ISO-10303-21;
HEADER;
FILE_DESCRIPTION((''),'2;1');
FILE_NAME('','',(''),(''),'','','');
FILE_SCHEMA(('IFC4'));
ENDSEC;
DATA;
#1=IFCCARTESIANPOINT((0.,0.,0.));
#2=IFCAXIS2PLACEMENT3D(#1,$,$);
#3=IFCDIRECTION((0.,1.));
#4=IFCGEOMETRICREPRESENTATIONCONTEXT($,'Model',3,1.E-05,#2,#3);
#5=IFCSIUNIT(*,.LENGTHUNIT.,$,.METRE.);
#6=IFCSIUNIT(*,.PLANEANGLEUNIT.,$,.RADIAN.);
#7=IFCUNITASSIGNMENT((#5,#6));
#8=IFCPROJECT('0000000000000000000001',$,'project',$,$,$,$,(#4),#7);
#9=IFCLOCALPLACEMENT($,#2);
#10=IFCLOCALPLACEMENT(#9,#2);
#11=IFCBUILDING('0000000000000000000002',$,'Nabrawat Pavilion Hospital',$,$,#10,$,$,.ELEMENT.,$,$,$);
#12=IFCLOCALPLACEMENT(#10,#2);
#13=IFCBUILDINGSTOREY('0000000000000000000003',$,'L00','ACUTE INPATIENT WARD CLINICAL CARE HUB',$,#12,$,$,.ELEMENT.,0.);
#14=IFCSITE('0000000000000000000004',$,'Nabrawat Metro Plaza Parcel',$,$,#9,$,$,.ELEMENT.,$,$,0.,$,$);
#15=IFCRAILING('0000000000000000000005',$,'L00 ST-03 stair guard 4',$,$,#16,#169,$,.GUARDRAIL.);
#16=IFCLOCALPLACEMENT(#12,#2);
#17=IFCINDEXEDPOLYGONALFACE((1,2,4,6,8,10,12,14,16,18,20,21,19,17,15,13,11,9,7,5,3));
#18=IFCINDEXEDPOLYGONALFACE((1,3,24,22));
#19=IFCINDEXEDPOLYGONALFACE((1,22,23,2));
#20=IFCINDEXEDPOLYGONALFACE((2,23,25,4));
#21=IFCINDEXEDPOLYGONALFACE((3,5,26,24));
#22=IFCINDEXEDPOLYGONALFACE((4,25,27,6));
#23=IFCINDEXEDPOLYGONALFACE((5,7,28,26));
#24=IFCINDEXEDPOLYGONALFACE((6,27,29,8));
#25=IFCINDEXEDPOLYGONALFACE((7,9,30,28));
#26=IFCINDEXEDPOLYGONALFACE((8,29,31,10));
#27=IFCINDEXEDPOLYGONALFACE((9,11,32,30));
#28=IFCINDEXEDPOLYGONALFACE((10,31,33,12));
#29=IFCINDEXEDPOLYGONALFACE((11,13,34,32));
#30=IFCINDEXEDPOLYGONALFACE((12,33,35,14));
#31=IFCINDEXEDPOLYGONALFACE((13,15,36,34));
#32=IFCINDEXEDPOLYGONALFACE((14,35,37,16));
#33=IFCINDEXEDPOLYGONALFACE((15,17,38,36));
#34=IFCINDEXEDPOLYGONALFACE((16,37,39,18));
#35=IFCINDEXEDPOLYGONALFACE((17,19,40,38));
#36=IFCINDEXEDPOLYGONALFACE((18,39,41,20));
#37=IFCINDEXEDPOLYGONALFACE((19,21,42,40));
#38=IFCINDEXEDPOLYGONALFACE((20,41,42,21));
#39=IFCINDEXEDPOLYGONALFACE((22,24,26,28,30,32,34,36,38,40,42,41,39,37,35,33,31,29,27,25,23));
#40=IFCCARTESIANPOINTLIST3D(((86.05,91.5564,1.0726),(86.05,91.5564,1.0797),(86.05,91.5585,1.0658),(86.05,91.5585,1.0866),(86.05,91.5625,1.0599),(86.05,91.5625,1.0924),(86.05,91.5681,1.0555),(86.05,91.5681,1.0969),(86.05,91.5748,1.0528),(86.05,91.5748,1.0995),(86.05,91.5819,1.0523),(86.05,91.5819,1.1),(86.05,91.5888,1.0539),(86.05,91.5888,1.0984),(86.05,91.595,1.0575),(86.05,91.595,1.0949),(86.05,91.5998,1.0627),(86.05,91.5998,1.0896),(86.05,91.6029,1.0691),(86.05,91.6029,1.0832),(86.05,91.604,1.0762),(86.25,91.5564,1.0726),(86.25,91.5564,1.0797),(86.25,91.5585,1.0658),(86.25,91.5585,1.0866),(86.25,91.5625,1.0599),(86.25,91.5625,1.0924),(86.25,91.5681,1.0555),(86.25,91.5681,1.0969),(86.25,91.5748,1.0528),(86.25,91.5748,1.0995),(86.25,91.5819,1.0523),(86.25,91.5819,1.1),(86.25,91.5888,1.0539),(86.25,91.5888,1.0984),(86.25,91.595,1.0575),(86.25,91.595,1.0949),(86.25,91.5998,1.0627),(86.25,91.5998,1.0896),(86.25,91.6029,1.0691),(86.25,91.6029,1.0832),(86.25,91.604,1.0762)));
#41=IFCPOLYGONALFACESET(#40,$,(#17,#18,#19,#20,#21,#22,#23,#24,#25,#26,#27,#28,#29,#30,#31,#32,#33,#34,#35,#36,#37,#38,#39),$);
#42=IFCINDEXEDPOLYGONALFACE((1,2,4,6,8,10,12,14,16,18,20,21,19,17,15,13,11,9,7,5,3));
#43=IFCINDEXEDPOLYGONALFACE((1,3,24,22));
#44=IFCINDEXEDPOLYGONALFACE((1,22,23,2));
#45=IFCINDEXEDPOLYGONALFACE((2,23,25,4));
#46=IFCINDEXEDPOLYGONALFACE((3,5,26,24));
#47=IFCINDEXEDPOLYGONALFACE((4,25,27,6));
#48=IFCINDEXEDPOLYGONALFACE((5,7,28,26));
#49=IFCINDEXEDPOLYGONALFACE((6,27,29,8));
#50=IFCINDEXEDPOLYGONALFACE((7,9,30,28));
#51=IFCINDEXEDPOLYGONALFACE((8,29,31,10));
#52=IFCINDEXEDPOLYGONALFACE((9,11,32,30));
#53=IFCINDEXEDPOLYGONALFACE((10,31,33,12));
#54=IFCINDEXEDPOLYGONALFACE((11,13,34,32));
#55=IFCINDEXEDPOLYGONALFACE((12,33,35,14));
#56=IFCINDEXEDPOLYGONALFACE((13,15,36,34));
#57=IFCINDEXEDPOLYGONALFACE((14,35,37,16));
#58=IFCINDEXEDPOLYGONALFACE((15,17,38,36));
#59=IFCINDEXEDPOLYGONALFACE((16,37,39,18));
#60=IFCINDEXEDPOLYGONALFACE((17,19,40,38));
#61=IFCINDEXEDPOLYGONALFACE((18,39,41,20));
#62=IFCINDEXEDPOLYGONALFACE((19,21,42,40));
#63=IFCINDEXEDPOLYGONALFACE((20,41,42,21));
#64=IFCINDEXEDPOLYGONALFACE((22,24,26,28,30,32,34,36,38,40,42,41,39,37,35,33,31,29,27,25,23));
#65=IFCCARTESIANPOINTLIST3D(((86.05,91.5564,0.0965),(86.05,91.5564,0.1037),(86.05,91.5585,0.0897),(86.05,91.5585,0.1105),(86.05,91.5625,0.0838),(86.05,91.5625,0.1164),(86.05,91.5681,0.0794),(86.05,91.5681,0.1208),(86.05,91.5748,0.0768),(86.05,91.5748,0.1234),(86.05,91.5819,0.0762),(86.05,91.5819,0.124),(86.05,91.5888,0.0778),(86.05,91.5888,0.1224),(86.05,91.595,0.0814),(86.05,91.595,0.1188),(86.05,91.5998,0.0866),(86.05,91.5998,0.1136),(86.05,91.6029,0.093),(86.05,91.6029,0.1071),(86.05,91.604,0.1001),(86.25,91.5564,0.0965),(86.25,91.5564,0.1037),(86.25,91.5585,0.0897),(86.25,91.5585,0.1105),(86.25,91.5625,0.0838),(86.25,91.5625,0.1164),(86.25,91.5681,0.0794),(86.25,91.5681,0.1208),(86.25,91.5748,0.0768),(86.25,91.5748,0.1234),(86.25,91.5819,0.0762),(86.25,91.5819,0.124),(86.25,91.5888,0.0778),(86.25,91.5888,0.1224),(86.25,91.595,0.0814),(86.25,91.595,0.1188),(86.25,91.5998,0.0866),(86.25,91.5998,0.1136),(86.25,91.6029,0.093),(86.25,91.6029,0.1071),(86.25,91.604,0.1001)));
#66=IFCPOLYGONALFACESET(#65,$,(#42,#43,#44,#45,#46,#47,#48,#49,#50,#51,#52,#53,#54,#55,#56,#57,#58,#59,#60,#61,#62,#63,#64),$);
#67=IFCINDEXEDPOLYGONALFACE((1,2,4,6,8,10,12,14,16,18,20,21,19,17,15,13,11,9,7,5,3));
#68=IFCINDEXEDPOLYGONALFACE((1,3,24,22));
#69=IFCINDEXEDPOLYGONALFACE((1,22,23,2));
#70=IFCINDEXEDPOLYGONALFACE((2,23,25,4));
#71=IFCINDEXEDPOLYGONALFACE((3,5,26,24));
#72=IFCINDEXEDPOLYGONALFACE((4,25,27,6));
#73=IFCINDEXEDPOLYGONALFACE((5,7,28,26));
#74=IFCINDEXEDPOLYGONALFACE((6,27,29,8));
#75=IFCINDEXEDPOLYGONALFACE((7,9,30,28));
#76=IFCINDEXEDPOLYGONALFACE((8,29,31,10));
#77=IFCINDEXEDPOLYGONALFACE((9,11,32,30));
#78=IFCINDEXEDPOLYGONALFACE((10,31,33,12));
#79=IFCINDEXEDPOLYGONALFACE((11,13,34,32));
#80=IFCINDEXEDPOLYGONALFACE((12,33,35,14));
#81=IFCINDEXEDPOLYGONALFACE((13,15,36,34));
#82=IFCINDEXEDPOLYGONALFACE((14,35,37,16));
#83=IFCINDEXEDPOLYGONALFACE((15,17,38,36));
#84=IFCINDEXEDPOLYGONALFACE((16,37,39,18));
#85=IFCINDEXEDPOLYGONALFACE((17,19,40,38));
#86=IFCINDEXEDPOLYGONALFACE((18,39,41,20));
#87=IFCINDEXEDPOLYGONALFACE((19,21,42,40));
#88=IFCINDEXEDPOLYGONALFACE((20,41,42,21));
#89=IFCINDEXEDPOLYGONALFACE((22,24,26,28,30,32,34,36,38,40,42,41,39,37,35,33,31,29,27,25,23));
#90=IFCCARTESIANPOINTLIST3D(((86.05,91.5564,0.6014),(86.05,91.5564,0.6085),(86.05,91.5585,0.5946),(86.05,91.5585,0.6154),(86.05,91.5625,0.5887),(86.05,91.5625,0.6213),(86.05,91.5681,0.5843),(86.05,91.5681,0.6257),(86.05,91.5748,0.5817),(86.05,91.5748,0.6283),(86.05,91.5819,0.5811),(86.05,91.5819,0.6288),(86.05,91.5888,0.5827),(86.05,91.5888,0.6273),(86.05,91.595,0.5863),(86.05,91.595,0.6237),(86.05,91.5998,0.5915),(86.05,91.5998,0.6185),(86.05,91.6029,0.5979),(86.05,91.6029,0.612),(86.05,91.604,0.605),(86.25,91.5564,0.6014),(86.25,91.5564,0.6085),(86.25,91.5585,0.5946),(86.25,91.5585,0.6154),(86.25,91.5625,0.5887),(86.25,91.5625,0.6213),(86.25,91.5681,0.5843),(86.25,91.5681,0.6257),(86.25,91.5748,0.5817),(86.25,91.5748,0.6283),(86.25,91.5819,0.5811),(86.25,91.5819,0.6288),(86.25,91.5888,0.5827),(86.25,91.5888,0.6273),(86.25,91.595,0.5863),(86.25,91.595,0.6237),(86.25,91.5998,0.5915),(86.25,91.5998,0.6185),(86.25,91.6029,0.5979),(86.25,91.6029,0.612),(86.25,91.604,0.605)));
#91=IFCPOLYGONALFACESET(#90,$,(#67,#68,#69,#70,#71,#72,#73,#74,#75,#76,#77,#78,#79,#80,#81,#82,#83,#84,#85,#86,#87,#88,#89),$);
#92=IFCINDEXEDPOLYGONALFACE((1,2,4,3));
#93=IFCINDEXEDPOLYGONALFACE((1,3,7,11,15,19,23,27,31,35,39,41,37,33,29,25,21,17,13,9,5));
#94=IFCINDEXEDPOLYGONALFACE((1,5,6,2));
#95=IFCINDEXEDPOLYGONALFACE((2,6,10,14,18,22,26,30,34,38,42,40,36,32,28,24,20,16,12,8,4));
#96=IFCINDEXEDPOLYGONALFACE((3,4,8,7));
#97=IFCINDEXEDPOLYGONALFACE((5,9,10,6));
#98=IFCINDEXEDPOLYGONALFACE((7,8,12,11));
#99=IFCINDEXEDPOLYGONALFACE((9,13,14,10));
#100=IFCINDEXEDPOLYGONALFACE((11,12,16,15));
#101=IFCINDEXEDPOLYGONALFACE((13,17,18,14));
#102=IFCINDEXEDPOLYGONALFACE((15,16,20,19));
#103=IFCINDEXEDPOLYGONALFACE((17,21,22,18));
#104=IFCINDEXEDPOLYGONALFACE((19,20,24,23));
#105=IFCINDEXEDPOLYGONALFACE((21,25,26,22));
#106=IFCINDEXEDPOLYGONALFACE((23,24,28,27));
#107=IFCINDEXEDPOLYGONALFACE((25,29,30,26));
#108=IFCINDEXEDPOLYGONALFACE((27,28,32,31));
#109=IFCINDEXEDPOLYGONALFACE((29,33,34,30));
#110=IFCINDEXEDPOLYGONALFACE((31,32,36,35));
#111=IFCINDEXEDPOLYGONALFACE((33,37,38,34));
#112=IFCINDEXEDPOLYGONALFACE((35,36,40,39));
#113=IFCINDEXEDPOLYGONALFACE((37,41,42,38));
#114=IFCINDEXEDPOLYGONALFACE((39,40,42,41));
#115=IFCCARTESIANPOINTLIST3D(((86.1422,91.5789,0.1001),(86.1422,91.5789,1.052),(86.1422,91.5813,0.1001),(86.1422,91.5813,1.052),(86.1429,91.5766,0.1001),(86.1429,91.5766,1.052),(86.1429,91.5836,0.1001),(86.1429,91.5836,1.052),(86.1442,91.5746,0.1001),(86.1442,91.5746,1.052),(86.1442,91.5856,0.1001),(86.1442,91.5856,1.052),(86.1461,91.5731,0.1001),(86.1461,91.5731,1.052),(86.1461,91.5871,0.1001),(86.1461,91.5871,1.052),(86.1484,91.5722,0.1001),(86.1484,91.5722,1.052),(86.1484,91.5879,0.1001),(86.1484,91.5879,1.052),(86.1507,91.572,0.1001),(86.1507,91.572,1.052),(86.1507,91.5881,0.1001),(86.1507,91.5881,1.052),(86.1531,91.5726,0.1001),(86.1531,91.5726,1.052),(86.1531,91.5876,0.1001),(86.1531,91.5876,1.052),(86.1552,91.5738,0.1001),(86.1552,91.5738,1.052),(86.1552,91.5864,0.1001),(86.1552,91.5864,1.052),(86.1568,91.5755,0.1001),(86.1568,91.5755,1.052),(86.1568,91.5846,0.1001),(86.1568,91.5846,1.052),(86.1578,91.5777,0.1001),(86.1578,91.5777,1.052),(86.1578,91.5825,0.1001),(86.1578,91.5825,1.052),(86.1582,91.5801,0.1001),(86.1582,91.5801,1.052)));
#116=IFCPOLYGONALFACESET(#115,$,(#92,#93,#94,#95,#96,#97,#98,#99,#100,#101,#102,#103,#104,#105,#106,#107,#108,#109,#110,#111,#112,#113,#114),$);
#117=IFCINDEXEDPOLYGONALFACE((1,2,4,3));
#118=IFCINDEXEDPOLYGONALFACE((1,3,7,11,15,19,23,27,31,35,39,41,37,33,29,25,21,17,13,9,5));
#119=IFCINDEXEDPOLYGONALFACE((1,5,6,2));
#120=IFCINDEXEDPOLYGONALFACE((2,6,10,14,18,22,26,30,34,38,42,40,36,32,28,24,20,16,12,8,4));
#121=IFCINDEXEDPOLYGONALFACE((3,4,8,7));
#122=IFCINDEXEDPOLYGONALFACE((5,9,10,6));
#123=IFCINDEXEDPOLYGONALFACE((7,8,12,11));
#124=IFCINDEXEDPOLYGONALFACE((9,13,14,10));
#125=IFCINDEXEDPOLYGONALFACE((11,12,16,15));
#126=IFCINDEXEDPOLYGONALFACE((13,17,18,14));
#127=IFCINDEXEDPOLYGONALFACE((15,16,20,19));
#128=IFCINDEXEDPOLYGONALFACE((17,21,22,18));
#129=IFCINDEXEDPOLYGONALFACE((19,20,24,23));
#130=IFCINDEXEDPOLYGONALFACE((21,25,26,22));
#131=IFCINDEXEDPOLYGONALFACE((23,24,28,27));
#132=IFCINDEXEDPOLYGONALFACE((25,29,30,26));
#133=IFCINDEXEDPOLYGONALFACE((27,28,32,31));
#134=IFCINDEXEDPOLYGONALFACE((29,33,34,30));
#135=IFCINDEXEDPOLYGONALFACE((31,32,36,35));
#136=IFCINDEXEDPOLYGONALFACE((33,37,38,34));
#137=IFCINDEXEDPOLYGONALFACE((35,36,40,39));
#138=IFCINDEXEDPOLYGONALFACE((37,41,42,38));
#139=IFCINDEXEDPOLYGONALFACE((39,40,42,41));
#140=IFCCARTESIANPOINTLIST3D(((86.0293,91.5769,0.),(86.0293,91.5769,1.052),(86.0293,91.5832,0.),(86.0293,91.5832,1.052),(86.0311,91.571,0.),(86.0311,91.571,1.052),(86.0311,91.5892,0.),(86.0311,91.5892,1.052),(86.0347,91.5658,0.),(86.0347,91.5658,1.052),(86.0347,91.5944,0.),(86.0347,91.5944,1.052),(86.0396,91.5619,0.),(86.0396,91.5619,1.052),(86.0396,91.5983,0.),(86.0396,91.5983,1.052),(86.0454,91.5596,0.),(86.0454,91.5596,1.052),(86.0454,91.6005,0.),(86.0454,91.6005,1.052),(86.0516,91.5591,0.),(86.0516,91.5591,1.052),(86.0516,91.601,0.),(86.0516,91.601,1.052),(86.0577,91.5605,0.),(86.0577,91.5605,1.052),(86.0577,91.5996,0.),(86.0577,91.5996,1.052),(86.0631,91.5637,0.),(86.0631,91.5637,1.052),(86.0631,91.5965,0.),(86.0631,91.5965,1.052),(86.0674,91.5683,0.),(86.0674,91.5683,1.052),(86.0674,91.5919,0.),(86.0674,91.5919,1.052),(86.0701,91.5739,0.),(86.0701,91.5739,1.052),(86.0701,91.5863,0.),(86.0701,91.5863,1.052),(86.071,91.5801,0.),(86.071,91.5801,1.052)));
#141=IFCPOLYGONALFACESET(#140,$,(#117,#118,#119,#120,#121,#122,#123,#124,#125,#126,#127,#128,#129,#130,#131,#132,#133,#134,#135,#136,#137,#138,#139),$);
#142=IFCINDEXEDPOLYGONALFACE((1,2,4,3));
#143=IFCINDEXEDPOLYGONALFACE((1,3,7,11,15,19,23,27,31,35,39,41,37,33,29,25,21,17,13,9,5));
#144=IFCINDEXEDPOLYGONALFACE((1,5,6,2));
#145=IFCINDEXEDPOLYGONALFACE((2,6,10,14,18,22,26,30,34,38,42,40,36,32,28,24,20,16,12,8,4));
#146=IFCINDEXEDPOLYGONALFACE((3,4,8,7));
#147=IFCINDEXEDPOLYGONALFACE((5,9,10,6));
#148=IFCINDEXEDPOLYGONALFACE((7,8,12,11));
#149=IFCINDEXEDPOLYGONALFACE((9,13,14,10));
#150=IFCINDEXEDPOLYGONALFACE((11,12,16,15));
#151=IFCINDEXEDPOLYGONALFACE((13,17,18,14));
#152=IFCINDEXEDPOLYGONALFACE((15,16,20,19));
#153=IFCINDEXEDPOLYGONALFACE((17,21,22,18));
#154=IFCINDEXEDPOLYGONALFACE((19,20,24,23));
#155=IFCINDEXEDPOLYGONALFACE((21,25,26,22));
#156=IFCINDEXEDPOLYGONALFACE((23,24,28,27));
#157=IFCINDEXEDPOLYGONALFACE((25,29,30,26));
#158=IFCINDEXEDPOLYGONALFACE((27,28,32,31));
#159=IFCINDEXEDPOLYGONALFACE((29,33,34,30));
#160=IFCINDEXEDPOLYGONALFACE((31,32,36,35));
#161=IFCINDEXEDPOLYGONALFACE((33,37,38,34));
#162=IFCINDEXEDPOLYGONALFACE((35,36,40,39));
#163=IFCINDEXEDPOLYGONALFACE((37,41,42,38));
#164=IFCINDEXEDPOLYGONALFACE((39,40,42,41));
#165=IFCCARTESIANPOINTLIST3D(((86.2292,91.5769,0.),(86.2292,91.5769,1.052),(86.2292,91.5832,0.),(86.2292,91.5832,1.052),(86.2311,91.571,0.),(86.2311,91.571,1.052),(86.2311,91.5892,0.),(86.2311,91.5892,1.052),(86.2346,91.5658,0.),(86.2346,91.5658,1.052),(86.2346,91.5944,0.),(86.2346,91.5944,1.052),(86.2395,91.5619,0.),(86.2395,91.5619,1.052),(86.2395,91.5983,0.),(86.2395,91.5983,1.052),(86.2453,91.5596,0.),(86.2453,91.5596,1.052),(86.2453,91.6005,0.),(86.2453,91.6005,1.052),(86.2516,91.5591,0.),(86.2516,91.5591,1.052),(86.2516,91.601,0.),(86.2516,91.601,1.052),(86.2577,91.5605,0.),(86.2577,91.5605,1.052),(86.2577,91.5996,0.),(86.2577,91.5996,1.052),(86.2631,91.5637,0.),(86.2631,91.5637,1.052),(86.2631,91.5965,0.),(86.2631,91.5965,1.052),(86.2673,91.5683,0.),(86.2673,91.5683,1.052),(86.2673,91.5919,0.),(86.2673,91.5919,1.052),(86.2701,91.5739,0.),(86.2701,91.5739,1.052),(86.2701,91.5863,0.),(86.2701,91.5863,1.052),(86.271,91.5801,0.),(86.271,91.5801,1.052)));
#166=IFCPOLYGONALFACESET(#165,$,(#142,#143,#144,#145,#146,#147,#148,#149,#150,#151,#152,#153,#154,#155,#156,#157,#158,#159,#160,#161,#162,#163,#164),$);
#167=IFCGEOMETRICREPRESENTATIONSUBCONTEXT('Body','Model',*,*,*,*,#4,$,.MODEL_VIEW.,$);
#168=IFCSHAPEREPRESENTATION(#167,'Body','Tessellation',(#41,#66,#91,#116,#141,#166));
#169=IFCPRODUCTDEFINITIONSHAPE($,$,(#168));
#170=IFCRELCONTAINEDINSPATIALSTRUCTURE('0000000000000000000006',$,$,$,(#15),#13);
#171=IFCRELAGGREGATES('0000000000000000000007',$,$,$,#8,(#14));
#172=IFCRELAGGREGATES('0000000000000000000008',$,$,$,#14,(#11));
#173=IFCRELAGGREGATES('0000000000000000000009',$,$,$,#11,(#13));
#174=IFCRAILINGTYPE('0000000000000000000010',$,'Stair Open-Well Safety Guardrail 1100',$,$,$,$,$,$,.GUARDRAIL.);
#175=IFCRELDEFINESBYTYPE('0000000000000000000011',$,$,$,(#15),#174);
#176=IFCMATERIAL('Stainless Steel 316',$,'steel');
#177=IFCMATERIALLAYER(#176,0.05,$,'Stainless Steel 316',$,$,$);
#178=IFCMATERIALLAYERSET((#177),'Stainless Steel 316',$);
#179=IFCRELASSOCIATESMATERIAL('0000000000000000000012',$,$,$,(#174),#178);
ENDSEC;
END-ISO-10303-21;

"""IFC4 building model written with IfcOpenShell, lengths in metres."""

from ifc_helpers import new_model, si_unit, direction, frame, origin, origin_2d, place, context, subcontext, project, spatial, circle, extrude, material, layer, layer_set, type_object, element, save


model = new_model("IFC4")

# Units and contexts
model_context = context("Model", 3, precision=1e-05, world=origin(), true_north=direction((0.0, 1.0)))
body_context = subcontext(model_context, "Body", "Model", "MODEL_VIEW")
ifc_project = project(units=[si_unit("LENGTHUNIT", "METRE"), si_unit("PLANEANGLEUNIT", "RADIAN")], contexts=[model_context])

# Site, building, storey
site_placement = place(None, origin())
site = spatial("IfcSite", under=ifc_project, at=site_placement, Name="Nabrawat Metro Plaza Parcel", CompositionType="ELEMENT", RefElevation=0.0)
building_placement = place(site_placement, origin())
building = spatial("IfcBuilding", under=site, at=building_placement, Name="Nabrawat Pavilion Hospital", CompositionType="ELEMENT")
storey_placement = place(building_placement, origin())
storey = spatial("IfcBuildingStorey", under=building, at=storey_placement, Name="L00", Description="ACUTE INPATIENT WARD CLINICAL CARE HUB", CompositionType="ELEMENT", Elevation=0.0)

# Railing
ifc_material_1 = material(Name="Stainless Steel 316", Category="steel")
ifc_layer_1 = layer(ifc_material_1, 0.05, Name="Stainless Steel 316")
ifc_layer_set_1 = layer_set([ifc_layer_1], Name="Stainless Steel 316")
railing_type_1 = type_object("IfcRailingType", Name="Stair Open-Well Safety Guardrail 1100", PredefinedType="GUARDRAIL", material=ifc_layer_set_1)
railing_1_placement = place(storey_placement, frame((86.05, 91.5801, 0.0)))
element("IfcRailing", 1, at=railing_1_placement, inside=storey, type_object=railing_type_1, Name="L00 ST-03 stair guard 4", PredefinedType="GUARDRAIL", context=body_context, shape_type="SweptSolid", body=[
    extrude(circle(Radius=0.0239, at=origin_2d()), frame((0.0, 0.0, 1.0762), z_axis=(1.0, 0.0, 0.0), x_axis=(0.0, 1.0, 0.0)), (0.0, 0.0, 1.0), 0.2),
    extrude(circle(Radius=0.0239, at=origin_2d()), frame((0.0, 0.0, 0.1001), z_axis=(1.0, 0.0, 0.0), x_axis=(0.0, 1.0, 0.0)), (0.0, 0.0, 1.0), 0.2),
    extrude(circle(Radius=0.0239, at=origin_2d()), frame((0.0, 0.0, 0.605), z_axis=(1.0, 0.0, 0.0), x_axis=(0.0, 1.0, 0.0)), (0.0, 0.0, 1.0), 0.2),
    extrude(circle(Radius=0.0081, at=origin_2d()), frame((0.1001, 0.0, 0.1001)), (0.0, 0.0, 1.0), 0.9519),
    extrude(circle(Radius=0.021, at=origin_2d()), origin(), (0.0, 0.0, 1.0), 1.052),
    extrude(circle(Radius=0.021, at=origin_2d()), frame((0.2, 0.0, 0.0)), (0.0, 0.0, 1.0), 1.052),
])

save(model, "model.ifc")
